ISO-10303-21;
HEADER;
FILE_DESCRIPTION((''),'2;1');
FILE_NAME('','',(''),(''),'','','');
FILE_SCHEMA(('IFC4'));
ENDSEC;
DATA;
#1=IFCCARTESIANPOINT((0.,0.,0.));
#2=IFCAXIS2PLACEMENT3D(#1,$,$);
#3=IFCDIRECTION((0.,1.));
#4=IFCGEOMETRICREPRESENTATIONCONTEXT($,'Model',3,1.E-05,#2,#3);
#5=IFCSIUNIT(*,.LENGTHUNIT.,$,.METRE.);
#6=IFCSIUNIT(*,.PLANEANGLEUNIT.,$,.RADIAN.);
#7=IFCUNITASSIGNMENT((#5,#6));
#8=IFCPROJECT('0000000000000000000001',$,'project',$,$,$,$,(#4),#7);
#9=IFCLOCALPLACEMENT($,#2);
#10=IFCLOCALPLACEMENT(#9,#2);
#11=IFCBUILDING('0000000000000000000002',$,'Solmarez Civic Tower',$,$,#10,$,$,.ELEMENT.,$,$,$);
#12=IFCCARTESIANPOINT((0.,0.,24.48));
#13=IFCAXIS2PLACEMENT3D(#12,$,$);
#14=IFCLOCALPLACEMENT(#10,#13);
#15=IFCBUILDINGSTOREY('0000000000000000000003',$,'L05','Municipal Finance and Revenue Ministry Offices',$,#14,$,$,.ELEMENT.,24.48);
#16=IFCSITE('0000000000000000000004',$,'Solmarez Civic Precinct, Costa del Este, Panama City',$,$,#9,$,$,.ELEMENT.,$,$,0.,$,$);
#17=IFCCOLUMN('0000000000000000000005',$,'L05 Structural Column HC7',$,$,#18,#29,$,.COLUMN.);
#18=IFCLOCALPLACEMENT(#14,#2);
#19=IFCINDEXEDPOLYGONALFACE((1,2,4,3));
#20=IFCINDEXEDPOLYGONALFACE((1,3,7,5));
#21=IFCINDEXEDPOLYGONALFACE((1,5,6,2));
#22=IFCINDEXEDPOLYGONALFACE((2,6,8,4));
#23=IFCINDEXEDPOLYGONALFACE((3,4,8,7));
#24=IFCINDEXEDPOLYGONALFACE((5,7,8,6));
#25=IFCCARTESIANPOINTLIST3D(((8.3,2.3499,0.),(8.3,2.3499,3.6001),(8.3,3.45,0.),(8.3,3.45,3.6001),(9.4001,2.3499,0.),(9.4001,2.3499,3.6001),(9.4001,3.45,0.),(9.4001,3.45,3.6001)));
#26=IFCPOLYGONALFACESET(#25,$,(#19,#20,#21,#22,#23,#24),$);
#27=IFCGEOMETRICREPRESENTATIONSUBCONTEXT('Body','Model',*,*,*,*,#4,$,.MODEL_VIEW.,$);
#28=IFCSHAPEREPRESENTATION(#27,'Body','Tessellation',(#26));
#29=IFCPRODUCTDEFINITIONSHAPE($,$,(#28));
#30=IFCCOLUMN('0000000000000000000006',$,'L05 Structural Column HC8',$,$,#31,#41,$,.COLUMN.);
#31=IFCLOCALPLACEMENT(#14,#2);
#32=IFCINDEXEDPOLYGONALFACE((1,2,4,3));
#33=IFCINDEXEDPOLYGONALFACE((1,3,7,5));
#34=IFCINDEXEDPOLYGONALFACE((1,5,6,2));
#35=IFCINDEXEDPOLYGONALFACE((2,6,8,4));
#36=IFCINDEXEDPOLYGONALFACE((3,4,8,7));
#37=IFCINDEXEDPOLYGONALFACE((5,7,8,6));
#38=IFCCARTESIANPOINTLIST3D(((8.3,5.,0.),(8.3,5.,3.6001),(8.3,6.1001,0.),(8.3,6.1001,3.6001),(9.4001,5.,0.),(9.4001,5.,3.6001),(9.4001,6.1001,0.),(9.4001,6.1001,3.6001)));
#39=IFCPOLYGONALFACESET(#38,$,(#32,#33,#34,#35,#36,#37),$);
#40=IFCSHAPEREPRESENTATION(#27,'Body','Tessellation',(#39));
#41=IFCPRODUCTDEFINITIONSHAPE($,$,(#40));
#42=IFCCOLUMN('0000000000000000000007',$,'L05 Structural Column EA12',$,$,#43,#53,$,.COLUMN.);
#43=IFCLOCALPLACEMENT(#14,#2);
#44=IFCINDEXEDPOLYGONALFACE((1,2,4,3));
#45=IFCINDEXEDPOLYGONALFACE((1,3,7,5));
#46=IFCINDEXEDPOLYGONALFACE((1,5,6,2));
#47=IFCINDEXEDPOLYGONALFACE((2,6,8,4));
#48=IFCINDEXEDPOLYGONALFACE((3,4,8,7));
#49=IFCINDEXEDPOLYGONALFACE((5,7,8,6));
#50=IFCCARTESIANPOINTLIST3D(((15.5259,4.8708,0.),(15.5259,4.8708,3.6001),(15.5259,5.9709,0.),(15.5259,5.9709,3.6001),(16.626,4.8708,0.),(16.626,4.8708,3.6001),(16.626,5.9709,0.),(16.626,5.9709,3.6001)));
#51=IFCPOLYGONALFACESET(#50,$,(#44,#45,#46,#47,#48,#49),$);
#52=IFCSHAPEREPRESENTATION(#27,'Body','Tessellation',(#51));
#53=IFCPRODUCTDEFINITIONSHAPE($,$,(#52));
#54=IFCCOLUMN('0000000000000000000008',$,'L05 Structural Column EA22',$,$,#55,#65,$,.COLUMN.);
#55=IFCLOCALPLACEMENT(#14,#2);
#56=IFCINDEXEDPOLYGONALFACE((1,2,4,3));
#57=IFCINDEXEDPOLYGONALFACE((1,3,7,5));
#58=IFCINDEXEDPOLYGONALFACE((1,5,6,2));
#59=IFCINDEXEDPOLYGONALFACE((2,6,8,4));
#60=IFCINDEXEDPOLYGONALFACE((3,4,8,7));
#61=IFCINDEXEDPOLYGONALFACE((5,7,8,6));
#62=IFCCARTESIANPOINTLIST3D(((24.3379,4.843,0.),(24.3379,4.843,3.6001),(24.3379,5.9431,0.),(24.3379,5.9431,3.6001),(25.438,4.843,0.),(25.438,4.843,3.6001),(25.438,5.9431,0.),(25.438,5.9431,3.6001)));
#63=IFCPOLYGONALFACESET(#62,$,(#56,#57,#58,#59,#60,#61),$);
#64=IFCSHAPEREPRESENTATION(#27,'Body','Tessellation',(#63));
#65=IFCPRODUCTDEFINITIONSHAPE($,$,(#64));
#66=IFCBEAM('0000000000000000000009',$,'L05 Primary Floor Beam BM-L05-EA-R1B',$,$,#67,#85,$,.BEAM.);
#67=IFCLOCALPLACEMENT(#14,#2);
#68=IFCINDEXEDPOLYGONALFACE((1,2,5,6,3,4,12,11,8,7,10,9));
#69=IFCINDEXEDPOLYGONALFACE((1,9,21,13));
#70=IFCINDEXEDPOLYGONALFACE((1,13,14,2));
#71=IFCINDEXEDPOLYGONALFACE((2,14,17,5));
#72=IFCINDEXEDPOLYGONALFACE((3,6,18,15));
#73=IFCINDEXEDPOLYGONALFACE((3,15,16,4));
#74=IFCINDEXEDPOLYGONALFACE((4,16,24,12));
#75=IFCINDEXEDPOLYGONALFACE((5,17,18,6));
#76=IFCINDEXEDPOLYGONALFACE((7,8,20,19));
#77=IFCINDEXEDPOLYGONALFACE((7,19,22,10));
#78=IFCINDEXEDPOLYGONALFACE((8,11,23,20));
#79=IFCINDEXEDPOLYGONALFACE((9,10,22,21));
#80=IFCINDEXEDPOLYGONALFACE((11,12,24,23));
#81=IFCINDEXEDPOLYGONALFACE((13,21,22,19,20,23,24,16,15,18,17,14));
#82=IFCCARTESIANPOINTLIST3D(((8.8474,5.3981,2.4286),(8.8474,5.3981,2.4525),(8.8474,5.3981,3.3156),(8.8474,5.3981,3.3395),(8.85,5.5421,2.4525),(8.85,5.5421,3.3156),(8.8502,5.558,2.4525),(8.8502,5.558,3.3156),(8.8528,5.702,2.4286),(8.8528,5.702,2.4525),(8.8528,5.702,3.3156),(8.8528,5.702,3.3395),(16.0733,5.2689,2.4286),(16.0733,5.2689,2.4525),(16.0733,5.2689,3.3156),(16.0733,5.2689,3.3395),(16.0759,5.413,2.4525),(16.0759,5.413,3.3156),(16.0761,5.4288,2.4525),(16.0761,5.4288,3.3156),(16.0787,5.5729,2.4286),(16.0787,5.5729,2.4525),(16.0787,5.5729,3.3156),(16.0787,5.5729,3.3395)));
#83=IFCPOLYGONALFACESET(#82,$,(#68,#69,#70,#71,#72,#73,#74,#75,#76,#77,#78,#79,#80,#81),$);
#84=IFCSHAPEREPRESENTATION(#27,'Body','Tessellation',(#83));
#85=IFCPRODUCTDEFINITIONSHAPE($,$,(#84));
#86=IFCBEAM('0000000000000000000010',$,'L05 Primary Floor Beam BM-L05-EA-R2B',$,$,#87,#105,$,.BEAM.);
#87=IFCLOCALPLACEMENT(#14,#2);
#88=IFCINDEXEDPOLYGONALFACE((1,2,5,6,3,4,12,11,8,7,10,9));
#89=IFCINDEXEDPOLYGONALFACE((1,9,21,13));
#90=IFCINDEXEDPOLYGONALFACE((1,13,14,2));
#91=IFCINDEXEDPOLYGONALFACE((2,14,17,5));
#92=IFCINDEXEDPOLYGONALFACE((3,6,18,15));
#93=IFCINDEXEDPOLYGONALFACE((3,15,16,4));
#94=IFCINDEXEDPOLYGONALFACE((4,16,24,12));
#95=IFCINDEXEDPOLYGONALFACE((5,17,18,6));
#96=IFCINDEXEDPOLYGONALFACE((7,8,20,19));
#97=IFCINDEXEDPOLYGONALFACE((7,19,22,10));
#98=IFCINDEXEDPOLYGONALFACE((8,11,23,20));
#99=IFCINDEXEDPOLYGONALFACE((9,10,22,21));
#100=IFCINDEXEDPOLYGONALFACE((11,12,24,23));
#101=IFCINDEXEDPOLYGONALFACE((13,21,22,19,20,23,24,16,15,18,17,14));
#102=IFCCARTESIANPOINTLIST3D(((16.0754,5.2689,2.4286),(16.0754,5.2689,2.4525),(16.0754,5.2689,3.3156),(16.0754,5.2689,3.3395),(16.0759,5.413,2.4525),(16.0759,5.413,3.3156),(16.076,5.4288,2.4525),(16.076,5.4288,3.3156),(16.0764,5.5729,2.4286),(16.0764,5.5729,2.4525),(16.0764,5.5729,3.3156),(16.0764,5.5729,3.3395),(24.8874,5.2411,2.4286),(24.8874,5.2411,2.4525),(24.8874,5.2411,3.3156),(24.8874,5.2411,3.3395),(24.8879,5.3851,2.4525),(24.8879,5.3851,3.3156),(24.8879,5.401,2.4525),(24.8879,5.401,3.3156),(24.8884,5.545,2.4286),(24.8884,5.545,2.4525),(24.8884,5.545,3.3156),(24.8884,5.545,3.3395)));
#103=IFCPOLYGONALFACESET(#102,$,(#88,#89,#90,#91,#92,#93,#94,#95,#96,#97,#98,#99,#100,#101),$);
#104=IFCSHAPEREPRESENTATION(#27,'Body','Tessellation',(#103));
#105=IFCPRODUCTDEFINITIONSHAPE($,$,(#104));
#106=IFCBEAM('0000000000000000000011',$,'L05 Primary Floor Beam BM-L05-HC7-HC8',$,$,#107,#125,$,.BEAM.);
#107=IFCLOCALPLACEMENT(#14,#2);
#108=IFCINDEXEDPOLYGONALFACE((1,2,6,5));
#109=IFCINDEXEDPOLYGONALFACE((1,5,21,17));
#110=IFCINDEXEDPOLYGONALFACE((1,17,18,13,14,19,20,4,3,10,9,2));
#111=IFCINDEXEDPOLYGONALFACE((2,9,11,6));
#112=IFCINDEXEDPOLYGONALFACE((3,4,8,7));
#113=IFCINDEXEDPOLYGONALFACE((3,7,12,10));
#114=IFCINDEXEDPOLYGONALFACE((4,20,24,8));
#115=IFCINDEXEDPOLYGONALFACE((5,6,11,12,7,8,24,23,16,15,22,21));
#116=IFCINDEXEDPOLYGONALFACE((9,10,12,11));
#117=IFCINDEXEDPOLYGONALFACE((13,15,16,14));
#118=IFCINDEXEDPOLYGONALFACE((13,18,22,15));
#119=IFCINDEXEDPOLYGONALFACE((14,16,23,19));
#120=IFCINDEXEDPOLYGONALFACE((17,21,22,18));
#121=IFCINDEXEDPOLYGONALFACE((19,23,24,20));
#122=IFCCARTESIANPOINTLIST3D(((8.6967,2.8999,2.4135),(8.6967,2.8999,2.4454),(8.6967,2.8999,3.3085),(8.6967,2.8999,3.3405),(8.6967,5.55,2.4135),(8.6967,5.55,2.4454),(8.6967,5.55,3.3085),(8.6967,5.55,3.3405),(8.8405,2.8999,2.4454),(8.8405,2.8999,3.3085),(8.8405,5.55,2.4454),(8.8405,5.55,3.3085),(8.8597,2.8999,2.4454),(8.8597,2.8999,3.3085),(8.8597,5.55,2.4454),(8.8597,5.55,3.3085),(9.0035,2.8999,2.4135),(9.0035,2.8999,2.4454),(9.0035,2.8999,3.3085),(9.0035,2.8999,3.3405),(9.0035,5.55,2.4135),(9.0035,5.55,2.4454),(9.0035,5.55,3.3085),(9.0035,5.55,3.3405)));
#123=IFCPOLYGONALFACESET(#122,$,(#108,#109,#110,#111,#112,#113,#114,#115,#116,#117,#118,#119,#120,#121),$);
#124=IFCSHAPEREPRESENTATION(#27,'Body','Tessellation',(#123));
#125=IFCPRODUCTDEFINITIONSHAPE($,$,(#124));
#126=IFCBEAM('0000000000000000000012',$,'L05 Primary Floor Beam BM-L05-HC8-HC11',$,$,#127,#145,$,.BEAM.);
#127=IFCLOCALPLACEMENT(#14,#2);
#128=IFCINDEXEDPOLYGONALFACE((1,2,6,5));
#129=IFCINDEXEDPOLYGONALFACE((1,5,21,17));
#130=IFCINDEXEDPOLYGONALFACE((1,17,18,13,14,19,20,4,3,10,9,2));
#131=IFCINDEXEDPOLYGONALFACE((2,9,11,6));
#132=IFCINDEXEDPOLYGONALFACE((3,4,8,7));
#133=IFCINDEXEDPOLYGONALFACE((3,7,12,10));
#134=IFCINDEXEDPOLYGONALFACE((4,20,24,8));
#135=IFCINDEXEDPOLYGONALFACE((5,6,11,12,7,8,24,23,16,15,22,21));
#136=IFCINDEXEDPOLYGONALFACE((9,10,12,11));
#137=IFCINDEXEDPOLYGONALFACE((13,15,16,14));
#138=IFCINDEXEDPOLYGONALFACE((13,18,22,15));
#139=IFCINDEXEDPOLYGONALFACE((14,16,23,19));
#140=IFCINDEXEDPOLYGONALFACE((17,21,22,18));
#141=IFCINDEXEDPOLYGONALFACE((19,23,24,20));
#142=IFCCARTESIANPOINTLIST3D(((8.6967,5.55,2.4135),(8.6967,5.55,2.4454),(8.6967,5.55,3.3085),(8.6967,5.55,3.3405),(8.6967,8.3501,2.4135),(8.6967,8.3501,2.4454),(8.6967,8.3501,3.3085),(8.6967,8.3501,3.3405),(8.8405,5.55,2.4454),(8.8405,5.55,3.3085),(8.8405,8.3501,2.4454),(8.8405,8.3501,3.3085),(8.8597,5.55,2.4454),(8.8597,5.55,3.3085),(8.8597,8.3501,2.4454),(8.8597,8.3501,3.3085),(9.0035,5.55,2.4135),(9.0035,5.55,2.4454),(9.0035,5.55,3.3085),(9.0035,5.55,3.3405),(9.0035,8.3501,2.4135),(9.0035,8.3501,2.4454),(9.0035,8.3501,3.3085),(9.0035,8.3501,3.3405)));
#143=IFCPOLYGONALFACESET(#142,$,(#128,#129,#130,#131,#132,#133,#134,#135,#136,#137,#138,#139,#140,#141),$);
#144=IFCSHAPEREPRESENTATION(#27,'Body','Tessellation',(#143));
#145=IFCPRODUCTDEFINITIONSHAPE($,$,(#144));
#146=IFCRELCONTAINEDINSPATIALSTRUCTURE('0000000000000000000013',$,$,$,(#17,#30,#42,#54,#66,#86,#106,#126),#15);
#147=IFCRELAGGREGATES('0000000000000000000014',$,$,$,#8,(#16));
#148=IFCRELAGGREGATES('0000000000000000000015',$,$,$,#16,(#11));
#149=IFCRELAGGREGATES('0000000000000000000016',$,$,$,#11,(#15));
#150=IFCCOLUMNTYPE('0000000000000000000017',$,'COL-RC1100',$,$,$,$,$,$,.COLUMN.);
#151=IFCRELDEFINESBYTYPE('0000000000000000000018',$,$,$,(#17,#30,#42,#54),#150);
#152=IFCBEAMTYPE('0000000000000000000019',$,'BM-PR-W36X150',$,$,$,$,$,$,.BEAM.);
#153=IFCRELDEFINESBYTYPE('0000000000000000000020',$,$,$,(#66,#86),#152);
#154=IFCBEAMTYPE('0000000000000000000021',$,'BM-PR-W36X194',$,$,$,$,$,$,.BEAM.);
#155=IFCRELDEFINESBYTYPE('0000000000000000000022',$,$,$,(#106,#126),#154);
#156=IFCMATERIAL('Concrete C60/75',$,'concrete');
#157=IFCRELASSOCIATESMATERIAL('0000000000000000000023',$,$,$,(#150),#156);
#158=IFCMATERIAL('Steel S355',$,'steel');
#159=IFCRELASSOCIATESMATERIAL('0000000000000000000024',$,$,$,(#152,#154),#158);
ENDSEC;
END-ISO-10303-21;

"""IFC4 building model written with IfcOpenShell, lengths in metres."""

from ifc_helpers import new_model, si_unit, direction, frame, origin, origin_2d, place, context, subcontext, project, spatial, rectangle, i_section, extrude, material, material_profile, profile_set, type_object, element, save


model = new_model("IFC4")

# Units and contexts
model_context = context("Model", 3, precision=1e-05, world=origin(), true_north=direction((0.0, 1.0)))
body_context = subcontext(model_context, "Body", "Model", "MODEL_VIEW")
ifc_project = project(units=[si_unit("LENGTHUNIT", "METRE"), si_unit("PLANEANGLEUNIT", "RADIAN")], contexts=[model_context])

# Site, building, storey
site_placement = place(None, origin())
site = spatial("IfcSite", under=ifc_project, at=site_placement, Name="Solmarez Civic Precinct, Costa del Este, Panama City", CompositionType="ELEMENT", RefElevation=0.0)
building_placement = place(site_placement, origin())
building = spatial("IfcBuilding", under=site, at=building_placement, Name="Solmarez Civic Tower", CompositionType="ELEMENT")
storey_placement = place(building_placement, frame((0.0, 0.0, 24.48)))
storey = spatial("IfcBuildingStorey", under=building, at=storey_placement, Name="L05", Description="Municipal Finance and Revenue Ministry Offices", CompositionType="ELEMENT", Elevation=24.48)

# Columns
ifc_material_1 = material(Name="Concrete C60/75", Category="concrete")
ifc_material_profile_1 = material_profile(ifc_material_1, rectangle(XDim=1.1001, YDim=1.1001, at=origin_2d()), Name="RC1100X1100")
ifc_profile_set_1 = profile_set([ifc_material_profile_1], Name="Concrete C60/75")
column_type = type_object("IfcColumnType", Name="COL-RC1100", PredefinedType="COLUMN", material=ifc_profile_set_1)
for number, where, z_axis, x_axis, name in (
    (1, (8.8501, 2.8999, 0.0), (0.0, 0.0, 1.0), (1.0, 0.0, 0.0), "L05 Structural Column HC7"),
    (2, (8.8501, 5.55, 0.0), (0.0, 0.0, 1.0), (1.0, 0.0, 0.0), "L05 Structural Column HC8"),
    (3, (16.0759, 5.4209, 0.0), (0.0, 0.0, 1.0), (1.0, 0.0, 0.0), "L05 Structural Column EA12"),
    (4, (24.8879, 5.3931, 0.0), (0.0, 0.0, 1.0), (1.0, 0.0, 0.0), "L05 Structural Column EA22"),
):
    element("IfcColumn", number, at=place(storey_placement, frame(where, z_axis=z_axis, x_axis=x_axis)), inside=storey, type_object=column_type, Name=name, PredefinedType="COLUMN", context=body_context, shape_type="SweptSolid", body=[
        extrude(rectangle(XDim=1.1001, YDim=1.1001, at=origin_2d()), origin(), (0.0, 0.0, 1.0), 3.6001),
    ])

# Beams
ifc_material_2 = material(Name="Steel S355", Category="steel")
ifc_material_profile_2 = material_profile(ifc_material_2, i_section(OverallWidth=0.304, OverallDepth=0.9109, WebThickness=0.0159, FlangeThickness=0.0239, at=origin_2d()), Name="W36X150")
ifc_profile_set_2 = profile_set([ifc_material_profile_2], Name="Steel S355")
beam_type_1 = type_object("IfcBeamType", Name="BM-PR-W36X150", PredefinedType="BEAM", material=ifc_profile_set_2)
beam_1_placement = place(storey_placement, frame((8.8501, 5.55, 2.884), z_axis=(0.99984, -0.017871, 0.0), x_axis=(0.017871, 0.99984, 0.0)))
element("IfcBeam", 5, at=beam_1_placement, inside=storey, type_object=beam_type_1, Name="L05 Primary Floor Beam BM-L05-EA-R1B", PredefinedType="BEAM", context=body_context, shape_type="SweptSolid", body=[
    extrude(i_section(OverallWidth=0.304, OverallDepth=0.9109, WebThickness=0.0159, FlangeThickness=0.0239, at=origin_2d()), origin(), (0.0, 0.0, 1.0), 7.2271),
])
beam_2_placement = place(storey_placement, frame((16.0759, 5.4209, 2.884), z_axis=(0.999995, -0.003158, 0.0), x_axis=(0.003158, 0.999995, 0.0)))
element("IfcBeam", 6, at=beam_2_placement, inside=storey, type_object=beam_type_1, Name="L05 Primary Floor Beam BM-L05-EA-R2B", PredefinedType="BEAM", context=body_context, shape_type="SweptSolid", body=[
    extrude(i_section(OverallWidth=0.304, OverallDepth=0.9109, WebThickness=0.0159, FlangeThickness=0.0239, at=origin_2d()), origin(), (0.0, 0.0, 1.0), 8.812),
])
ifc_material_profile_3 = material_profile(ifc_material_2, i_section(OverallWidth=0.3069, OverallDepth=0.927, WebThickness=0.0193, FlangeThickness=0.032, at=origin_2d()), Name="W36X194")
ifc_profile_set_3 = profile_set([ifc_material_profile_3], Name="Steel S355")
beam_type_2 = type_object("IfcBeamType", Name="BM-PR-W36X194", PredefinedType="BEAM", material=ifc_profile_set_3)
beam_3_placement = place(storey_placement, frame((8.8501, 2.8999, 2.877), z_axis=(0.0, 1.0, 0.0), x_axis=(-1.0, 0.0, 0.0)))
element("IfcBeam", 7, at=beam_3_placement, inside=storey, type_object=beam_type_2, Name="L05 Primary Floor Beam BM-L05-HC7-HC8", PredefinedType="BEAM", context=body_context, shape_type="SweptSolid", body=[
    extrude(i_section(OverallWidth=0.3069, OverallDepth=0.927, WebThickness=0.0193, FlangeThickness=0.032, at=origin_2d()), origin(), (0.0, 0.0, 1.0), 2.6501),
])
beam_4_placement = place(storey_placement, frame((8.8501, 5.55, 2.877), z_axis=(0.0, 1.0, 0.0), x_axis=(-1.0, 0.0, 0.0)))
element("IfcBeam", 8, at=beam_4_placement, inside=storey, type_object=beam_type_2, Name="L05 Primary Floor Beam BM-L05-HC8-HC11", PredefinedType="BEAM", context=body_context, shape_type="SweptSolid", body=[
    extrude(i_section(OverallWidth=0.3069, OverallDepth=0.927, WebThickness=0.0193, FlangeThickness=0.032, at=origin_2d()), origin(), (0.0, 0.0, 1.0), 2.8),
])

save(model, "model.ifc")
